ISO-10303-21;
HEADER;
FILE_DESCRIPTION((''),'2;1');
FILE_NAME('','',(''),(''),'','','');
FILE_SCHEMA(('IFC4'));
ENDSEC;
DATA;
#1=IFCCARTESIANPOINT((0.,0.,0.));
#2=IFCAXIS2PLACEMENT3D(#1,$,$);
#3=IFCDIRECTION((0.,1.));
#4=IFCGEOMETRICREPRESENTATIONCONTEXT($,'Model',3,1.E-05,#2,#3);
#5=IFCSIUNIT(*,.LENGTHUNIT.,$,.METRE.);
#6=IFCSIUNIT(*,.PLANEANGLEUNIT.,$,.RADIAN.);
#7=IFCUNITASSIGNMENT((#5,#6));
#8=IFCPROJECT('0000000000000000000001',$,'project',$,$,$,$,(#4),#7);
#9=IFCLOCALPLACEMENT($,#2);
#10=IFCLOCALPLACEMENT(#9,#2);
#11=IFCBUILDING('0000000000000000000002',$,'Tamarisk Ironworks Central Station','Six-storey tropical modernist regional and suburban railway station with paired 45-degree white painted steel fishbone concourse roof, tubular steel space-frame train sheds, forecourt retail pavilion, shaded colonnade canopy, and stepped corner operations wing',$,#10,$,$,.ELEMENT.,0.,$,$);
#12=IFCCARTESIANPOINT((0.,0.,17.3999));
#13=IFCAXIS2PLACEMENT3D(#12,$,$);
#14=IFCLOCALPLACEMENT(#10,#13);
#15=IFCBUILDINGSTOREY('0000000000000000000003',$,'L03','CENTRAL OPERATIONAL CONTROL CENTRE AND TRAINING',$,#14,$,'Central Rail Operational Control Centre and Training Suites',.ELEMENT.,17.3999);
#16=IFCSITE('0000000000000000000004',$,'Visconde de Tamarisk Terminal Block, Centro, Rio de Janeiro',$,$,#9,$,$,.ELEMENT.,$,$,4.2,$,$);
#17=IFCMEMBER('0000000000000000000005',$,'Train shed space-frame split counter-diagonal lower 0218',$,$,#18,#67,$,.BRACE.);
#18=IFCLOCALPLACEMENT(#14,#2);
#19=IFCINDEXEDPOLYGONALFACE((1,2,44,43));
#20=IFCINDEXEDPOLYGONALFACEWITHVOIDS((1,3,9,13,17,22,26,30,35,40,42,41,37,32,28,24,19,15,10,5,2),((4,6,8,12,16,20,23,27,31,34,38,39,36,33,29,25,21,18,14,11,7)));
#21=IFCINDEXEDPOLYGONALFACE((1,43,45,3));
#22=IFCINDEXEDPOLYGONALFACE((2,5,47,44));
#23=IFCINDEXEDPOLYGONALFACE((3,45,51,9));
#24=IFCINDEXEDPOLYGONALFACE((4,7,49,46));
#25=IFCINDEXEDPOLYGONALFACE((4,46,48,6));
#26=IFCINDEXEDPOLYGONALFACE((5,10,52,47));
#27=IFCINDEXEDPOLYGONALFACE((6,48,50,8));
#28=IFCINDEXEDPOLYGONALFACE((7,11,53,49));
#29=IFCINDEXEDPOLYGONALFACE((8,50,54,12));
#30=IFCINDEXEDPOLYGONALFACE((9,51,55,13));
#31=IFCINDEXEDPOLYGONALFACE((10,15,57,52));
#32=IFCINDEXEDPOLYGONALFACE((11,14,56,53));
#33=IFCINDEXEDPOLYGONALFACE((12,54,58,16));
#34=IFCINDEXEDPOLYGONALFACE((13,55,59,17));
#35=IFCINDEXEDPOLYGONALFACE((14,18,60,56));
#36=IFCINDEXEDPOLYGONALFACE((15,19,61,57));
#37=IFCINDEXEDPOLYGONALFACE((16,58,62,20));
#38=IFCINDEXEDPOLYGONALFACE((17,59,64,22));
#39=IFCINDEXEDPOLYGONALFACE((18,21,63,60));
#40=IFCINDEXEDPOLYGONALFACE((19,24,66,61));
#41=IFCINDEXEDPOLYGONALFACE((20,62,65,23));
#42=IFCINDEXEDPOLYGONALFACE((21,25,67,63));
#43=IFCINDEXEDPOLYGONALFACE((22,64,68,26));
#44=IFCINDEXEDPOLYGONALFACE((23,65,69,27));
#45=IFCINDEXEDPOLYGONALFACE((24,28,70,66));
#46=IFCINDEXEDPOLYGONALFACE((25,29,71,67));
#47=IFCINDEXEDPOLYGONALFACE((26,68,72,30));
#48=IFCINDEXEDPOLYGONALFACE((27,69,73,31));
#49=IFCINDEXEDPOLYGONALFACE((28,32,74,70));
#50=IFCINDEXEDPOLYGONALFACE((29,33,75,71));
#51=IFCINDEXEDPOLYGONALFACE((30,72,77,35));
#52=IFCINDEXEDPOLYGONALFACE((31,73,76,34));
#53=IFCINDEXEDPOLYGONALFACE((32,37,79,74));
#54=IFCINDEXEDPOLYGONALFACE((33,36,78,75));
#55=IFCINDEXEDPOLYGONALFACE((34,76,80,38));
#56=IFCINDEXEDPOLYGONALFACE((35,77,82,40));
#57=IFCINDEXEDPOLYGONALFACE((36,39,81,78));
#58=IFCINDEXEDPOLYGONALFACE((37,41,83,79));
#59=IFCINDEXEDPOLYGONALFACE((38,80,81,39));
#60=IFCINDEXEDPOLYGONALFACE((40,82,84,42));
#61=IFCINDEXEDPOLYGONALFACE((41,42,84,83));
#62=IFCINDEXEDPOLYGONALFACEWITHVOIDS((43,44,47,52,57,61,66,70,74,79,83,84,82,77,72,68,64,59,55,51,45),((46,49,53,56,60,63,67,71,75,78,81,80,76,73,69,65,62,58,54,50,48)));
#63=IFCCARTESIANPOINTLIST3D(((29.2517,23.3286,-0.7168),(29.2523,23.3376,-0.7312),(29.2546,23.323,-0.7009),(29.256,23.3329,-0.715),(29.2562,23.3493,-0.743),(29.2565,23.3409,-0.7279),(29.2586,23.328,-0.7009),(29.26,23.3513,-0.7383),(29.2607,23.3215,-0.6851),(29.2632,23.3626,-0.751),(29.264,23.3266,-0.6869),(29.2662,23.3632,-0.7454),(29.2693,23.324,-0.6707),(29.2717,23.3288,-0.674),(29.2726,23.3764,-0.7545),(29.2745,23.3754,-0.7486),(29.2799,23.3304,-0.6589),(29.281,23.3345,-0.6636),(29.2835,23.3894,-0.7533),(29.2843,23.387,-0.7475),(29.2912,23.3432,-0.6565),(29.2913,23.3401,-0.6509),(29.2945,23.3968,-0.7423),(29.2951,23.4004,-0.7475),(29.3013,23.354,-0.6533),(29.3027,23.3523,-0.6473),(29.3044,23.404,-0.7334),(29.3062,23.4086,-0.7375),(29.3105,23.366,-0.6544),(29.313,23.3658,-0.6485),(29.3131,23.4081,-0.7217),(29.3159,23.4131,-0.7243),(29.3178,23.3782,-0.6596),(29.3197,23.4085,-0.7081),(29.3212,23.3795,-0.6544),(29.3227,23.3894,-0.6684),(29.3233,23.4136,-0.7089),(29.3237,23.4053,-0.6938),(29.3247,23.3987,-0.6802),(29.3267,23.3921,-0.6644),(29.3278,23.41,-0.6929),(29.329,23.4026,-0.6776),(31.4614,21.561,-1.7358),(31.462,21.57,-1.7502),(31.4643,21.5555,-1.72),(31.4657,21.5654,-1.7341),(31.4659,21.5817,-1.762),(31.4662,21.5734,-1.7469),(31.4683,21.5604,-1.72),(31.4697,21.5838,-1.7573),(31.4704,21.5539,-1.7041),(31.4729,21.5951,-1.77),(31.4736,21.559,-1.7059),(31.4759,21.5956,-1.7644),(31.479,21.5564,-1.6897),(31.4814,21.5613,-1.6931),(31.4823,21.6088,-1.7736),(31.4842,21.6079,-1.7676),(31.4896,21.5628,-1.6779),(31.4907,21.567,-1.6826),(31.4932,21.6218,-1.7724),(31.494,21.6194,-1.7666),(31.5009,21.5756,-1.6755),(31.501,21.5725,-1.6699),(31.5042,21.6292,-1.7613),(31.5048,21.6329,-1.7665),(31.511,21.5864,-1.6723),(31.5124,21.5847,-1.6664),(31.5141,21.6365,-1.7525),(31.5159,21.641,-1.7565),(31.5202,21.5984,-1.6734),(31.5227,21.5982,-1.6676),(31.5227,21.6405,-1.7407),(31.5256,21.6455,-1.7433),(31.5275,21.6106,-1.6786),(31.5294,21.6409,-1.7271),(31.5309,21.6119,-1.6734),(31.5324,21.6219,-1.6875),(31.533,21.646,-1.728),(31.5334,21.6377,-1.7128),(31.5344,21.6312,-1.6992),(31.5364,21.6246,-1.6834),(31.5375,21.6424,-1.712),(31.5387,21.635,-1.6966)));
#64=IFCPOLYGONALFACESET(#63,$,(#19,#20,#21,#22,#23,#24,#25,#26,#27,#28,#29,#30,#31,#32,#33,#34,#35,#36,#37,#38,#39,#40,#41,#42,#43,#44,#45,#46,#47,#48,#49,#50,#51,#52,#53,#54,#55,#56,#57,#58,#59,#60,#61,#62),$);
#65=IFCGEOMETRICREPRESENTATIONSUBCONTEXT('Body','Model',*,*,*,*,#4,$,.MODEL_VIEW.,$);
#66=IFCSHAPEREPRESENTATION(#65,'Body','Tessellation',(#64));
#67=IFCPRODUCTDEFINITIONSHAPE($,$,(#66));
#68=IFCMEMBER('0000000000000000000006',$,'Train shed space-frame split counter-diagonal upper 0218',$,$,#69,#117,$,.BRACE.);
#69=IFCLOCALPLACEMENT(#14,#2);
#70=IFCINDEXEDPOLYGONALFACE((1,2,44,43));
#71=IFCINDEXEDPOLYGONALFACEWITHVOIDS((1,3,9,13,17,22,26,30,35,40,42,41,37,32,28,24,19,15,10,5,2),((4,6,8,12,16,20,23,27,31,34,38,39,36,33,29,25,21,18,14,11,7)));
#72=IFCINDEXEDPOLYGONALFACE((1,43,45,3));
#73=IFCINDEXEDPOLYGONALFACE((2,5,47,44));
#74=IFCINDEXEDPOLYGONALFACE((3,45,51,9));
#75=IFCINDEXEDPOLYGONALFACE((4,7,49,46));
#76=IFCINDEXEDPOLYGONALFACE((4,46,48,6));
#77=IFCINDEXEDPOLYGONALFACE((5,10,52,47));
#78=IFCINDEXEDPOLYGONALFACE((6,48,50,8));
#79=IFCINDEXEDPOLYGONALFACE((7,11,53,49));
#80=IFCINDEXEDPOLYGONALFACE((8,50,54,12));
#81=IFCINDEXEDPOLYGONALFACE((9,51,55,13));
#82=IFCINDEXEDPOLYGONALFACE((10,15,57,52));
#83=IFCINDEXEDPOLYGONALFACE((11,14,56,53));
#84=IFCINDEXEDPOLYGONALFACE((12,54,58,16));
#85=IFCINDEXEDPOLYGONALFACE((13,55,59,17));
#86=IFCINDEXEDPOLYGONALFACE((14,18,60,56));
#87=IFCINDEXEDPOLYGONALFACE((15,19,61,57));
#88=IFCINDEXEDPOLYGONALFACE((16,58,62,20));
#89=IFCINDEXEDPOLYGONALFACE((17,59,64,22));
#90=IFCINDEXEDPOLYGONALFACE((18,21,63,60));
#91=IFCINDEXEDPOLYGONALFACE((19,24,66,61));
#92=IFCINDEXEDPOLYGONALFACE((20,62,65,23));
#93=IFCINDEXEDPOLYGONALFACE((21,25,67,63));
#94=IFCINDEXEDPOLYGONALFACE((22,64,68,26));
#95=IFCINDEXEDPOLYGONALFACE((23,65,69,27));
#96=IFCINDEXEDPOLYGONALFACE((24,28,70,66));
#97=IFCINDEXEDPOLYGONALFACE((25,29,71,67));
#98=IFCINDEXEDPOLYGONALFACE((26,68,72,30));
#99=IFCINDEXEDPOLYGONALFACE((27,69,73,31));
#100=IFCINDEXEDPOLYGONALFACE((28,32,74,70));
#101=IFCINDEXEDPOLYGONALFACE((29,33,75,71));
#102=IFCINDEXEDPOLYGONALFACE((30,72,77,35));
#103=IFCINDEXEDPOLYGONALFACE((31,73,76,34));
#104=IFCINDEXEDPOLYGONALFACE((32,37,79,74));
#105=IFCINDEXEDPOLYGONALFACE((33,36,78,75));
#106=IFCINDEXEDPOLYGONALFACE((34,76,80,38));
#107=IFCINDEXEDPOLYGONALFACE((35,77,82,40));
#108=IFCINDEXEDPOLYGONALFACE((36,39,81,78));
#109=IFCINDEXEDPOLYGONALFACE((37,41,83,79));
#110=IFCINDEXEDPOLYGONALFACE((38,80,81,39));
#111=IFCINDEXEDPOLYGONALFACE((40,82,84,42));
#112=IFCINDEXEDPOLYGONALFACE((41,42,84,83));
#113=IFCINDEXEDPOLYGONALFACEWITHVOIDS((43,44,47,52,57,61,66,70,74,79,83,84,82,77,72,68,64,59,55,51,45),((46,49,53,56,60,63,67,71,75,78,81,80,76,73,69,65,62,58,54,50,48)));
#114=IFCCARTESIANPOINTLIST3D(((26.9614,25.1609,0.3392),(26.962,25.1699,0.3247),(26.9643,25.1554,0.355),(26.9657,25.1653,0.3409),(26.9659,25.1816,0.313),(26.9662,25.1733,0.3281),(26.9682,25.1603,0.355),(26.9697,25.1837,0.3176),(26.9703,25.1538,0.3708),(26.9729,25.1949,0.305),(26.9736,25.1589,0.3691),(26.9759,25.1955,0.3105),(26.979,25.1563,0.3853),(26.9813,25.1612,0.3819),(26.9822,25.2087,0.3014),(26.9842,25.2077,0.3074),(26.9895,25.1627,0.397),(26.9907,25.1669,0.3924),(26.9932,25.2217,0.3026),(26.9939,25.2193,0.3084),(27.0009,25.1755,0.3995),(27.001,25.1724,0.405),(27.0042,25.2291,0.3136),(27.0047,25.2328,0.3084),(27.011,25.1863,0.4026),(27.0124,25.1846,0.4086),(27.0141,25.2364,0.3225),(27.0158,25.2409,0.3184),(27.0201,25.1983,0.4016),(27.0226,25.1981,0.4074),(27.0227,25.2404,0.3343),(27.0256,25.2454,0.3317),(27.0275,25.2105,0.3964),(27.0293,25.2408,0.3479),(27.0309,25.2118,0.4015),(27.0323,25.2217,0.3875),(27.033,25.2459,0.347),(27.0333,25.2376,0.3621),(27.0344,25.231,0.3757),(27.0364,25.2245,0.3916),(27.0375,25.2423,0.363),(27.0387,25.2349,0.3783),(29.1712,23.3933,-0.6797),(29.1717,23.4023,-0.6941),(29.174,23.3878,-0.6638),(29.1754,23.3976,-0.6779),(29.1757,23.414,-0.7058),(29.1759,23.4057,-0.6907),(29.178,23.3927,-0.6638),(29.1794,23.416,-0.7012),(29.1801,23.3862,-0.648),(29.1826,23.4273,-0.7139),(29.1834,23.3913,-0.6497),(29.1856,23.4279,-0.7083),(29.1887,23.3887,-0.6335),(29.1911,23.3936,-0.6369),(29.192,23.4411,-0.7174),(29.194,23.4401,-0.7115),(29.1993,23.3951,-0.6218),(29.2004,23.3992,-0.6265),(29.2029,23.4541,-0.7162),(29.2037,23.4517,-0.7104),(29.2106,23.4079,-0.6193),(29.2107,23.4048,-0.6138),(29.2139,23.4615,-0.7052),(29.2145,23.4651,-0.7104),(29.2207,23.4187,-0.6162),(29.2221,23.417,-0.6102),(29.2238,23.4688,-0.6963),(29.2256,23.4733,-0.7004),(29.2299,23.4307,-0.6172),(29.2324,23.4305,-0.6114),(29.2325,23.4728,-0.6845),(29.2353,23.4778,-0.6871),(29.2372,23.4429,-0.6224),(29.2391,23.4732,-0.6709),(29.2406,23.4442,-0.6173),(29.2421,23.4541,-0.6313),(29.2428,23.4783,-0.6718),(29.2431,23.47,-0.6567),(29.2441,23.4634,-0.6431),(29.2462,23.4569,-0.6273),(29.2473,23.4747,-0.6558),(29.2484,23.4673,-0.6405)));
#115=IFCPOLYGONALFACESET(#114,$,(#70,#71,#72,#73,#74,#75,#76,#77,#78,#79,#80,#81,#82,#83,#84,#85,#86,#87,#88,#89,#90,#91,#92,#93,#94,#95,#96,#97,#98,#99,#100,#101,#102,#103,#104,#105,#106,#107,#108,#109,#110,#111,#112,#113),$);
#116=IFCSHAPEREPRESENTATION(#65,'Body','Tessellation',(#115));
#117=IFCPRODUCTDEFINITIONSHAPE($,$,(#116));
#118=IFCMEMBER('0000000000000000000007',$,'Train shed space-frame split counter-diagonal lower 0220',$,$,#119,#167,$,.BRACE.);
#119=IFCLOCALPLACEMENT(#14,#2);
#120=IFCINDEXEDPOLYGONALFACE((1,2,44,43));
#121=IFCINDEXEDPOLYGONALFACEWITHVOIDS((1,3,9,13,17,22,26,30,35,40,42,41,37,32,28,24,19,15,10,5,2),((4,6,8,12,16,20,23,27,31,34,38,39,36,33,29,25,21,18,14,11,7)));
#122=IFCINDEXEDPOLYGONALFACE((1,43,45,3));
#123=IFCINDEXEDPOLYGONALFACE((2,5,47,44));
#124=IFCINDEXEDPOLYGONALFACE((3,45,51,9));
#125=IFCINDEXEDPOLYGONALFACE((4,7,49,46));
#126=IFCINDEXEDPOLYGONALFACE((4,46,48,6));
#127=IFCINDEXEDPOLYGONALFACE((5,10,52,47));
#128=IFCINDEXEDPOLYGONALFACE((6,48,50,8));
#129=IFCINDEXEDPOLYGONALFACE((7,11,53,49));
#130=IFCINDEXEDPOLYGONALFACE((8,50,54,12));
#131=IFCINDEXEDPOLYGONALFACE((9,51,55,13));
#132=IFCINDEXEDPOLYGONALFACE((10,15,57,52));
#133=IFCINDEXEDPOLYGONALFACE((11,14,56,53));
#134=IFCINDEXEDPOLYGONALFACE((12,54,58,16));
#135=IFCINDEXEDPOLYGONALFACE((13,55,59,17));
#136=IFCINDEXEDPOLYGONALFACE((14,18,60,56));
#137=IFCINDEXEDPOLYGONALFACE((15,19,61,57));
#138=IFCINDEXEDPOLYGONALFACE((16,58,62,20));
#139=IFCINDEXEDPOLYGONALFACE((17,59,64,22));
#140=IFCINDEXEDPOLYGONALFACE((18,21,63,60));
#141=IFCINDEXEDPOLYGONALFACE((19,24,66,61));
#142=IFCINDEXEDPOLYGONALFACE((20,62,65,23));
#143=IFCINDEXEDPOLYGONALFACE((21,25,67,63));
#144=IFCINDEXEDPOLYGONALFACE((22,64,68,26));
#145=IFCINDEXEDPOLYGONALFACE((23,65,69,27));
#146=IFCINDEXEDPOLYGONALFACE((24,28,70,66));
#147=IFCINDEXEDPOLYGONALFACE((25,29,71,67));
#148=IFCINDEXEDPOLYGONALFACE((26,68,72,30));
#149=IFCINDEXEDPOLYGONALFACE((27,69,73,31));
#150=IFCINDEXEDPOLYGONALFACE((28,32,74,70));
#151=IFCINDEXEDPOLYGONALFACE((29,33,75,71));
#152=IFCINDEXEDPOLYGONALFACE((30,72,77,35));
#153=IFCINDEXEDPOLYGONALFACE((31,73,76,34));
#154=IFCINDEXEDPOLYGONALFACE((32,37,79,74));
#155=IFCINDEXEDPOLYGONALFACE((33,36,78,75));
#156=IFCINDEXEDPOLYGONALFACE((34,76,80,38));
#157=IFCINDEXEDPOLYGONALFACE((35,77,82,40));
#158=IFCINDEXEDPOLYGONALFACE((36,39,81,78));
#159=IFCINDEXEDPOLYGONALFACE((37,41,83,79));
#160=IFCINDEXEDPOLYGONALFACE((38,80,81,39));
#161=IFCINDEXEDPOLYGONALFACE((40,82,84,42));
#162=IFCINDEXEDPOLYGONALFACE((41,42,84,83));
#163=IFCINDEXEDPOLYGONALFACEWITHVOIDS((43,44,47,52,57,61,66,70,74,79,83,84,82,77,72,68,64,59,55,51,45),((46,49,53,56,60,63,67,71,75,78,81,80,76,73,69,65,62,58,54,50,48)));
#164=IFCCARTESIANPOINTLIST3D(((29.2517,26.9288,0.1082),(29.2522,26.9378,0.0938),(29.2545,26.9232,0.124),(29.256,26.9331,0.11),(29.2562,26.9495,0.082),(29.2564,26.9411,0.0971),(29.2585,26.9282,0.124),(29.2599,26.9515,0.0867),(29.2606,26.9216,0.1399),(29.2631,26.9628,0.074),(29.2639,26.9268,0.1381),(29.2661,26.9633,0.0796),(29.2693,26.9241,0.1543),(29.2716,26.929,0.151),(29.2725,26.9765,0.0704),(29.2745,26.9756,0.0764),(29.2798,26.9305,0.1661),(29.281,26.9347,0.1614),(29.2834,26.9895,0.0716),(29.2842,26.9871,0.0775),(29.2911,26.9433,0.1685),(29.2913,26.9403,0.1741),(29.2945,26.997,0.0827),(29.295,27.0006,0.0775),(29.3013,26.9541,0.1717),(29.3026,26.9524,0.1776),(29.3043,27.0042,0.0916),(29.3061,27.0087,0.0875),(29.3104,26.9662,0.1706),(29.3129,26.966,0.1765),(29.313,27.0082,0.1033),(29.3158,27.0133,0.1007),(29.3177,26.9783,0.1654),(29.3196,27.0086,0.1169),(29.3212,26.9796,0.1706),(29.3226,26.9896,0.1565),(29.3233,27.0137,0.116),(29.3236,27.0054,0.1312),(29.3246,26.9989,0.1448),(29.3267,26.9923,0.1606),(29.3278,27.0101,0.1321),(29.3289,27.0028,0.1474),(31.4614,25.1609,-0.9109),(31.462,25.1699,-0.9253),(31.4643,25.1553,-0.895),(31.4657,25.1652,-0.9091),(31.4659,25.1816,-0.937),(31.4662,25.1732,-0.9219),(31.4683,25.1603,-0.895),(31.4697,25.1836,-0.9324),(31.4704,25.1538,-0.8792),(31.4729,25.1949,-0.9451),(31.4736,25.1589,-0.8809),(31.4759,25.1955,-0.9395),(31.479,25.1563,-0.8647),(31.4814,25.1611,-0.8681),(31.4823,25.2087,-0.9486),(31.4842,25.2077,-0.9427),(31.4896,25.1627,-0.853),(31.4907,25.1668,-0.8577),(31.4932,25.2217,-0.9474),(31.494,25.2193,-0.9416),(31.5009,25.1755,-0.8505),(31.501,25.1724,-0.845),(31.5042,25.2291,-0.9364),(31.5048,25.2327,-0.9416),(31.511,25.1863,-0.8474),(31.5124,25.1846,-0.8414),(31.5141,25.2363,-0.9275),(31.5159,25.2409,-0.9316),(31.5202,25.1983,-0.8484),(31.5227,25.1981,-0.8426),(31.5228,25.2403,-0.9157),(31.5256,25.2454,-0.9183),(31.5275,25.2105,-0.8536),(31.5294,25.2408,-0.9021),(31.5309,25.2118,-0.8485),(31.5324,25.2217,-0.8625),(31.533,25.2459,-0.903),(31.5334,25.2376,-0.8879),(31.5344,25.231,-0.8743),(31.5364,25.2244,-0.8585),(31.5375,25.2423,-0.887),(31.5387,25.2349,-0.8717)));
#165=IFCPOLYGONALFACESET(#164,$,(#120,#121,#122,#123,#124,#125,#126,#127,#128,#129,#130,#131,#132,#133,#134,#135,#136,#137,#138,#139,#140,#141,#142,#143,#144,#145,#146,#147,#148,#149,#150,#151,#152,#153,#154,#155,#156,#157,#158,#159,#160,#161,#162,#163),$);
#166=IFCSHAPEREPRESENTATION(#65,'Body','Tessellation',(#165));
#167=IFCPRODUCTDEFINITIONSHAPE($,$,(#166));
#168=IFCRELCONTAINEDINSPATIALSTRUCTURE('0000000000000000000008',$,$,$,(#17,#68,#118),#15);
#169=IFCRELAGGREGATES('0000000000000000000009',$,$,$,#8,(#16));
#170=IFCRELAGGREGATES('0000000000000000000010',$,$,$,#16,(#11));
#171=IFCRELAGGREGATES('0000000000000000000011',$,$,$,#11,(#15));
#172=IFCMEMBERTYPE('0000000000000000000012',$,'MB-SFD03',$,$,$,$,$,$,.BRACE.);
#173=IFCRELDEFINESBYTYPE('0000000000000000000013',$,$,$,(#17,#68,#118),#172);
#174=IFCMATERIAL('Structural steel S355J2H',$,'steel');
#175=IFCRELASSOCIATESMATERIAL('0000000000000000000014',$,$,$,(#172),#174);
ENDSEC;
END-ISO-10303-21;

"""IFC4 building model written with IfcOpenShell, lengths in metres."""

from ifc_helpers import new_model, si_unit, direction, frame, origin, origin_2d, place, context, subcontext, project, spatial, hollow_circle, extrude, material, material_profile, profile_set, type_object, element, save


model = new_model("IFC4")

# Units and contexts
model_context = context("Model", 3, precision=1e-05, world=origin(), true_north=direction((0.0, 1.0)))
body_context = subcontext(model_context, "Body", "Model", "MODEL_VIEW")
ifc_project = project(units=[si_unit("LENGTHUNIT", "METRE"), si_unit("PLANEANGLEUNIT", "RADIAN")], contexts=[model_context])

# Site, building, storey
site_placement = place(None, origin())
site = spatial("IfcSite", under=ifc_project, at=site_placement, Name="Visconde de Tamarisk Terminal Block, Centro, Rio de Janeiro", CompositionType="ELEMENT", RefElevation=4.2)
building_placement = place(site_placement, origin())
building = spatial("IfcBuilding", under=site, at=building_placement, Name="Tamarisk Ironworks Central Station", Description="Six-storey tropical modernist regional and suburban railway station with paired 45-degree white painted steel fishbone concourse roof, tubular steel space-frame train sheds, forecourt retail pavilion, shaded colonnade canopy, and stepped corner operations wing", CompositionType="ELEMENT", ElevationOfRefHeight=0.0)
storey_placement = place(building_placement, frame((0.0, 0.0, 17.3999)))
storey = spatial("IfcBuildingStorey", under=building, at=storey_placement, Name="L03", Description="CENTRAL OPERATIONAL CONTROL CENTRE AND TRAINING", LongName="Central Rail Operational Control Centre and Training Suites", CompositionType="ELEMENT", Elevation=17.3999)

# Members
ifc_material_1 = material(Name="Structural steel S355J2H", Category="steel")
ifc_material_profile_1 = material_profile(ifc_material_1, hollow_circle(Radius=0.0571, WallThickness=0.0063, at=origin_2d()), Name="CHS 114.3x6.3")
ifc_profile_set_1 = profile_set([ifc_material_profile_1], Name="Structural steel S355J2H")
member_type_1 = type_object("IfcMemberType", Name="MB-SFD03", PredefinedType="BRACE", material=ifc_profile_set_1)
for number, where, z_axis, x_axis, name in (
    (1, (31.5, 21.6001, -1.72), (-0.734712, 0.587705, 0.338823), (-0.624653, -0.780902, 0.0), "Train shed space-frame split counter-diagonal lower 0218"),
    (2, (29.2097, 23.4324, -0.6638), (-0.734732, 0.587721, 0.338751), (-0.624653, -0.780902, 0.0), "Train shed space-frame split counter-diagonal upper 0218"),
):
    element("IfcMember", number, at=place(storey_placement, frame(where, z_axis=z_axis, x_axis=x_axis)), inside=storey, type_object=member_type_1, Name=name, PredefinedType="BRACE", context=body_context, shape_type="SweptSolid", body=[
        extrude(hollow_circle(Radius=0.0571, WallThickness=0.0063, at=origin_2d()), origin(), (0.0, 0.0, 1.0), 3.0076),
    ])
for number, where, z_axis, x_axis, name in (
    (3, (31.5, 25.2, -0.895), (-0.734677, 0.587758, 0.338807), (-0.624706, -0.78086, 0.0), "Train shed space-frame split counter-diagonal lower 0220"),
):
    element("IfcMember", number, at=place(storey_placement, frame(where, z_axis=z_axis, x_axis=x_axis)), inside=storey, type_object=member_type_1, Name=name, PredefinedType="BRACE", context=body_context, shape_type="SweptSolid", body=[
        extrude(hollow_circle(Radius=0.0571, WallThickness=0.0063, at=origin_2d()), origin(), (0.0, 0.0, 1.0), 3.0078),
    ])

save(model, "model.ifc")
